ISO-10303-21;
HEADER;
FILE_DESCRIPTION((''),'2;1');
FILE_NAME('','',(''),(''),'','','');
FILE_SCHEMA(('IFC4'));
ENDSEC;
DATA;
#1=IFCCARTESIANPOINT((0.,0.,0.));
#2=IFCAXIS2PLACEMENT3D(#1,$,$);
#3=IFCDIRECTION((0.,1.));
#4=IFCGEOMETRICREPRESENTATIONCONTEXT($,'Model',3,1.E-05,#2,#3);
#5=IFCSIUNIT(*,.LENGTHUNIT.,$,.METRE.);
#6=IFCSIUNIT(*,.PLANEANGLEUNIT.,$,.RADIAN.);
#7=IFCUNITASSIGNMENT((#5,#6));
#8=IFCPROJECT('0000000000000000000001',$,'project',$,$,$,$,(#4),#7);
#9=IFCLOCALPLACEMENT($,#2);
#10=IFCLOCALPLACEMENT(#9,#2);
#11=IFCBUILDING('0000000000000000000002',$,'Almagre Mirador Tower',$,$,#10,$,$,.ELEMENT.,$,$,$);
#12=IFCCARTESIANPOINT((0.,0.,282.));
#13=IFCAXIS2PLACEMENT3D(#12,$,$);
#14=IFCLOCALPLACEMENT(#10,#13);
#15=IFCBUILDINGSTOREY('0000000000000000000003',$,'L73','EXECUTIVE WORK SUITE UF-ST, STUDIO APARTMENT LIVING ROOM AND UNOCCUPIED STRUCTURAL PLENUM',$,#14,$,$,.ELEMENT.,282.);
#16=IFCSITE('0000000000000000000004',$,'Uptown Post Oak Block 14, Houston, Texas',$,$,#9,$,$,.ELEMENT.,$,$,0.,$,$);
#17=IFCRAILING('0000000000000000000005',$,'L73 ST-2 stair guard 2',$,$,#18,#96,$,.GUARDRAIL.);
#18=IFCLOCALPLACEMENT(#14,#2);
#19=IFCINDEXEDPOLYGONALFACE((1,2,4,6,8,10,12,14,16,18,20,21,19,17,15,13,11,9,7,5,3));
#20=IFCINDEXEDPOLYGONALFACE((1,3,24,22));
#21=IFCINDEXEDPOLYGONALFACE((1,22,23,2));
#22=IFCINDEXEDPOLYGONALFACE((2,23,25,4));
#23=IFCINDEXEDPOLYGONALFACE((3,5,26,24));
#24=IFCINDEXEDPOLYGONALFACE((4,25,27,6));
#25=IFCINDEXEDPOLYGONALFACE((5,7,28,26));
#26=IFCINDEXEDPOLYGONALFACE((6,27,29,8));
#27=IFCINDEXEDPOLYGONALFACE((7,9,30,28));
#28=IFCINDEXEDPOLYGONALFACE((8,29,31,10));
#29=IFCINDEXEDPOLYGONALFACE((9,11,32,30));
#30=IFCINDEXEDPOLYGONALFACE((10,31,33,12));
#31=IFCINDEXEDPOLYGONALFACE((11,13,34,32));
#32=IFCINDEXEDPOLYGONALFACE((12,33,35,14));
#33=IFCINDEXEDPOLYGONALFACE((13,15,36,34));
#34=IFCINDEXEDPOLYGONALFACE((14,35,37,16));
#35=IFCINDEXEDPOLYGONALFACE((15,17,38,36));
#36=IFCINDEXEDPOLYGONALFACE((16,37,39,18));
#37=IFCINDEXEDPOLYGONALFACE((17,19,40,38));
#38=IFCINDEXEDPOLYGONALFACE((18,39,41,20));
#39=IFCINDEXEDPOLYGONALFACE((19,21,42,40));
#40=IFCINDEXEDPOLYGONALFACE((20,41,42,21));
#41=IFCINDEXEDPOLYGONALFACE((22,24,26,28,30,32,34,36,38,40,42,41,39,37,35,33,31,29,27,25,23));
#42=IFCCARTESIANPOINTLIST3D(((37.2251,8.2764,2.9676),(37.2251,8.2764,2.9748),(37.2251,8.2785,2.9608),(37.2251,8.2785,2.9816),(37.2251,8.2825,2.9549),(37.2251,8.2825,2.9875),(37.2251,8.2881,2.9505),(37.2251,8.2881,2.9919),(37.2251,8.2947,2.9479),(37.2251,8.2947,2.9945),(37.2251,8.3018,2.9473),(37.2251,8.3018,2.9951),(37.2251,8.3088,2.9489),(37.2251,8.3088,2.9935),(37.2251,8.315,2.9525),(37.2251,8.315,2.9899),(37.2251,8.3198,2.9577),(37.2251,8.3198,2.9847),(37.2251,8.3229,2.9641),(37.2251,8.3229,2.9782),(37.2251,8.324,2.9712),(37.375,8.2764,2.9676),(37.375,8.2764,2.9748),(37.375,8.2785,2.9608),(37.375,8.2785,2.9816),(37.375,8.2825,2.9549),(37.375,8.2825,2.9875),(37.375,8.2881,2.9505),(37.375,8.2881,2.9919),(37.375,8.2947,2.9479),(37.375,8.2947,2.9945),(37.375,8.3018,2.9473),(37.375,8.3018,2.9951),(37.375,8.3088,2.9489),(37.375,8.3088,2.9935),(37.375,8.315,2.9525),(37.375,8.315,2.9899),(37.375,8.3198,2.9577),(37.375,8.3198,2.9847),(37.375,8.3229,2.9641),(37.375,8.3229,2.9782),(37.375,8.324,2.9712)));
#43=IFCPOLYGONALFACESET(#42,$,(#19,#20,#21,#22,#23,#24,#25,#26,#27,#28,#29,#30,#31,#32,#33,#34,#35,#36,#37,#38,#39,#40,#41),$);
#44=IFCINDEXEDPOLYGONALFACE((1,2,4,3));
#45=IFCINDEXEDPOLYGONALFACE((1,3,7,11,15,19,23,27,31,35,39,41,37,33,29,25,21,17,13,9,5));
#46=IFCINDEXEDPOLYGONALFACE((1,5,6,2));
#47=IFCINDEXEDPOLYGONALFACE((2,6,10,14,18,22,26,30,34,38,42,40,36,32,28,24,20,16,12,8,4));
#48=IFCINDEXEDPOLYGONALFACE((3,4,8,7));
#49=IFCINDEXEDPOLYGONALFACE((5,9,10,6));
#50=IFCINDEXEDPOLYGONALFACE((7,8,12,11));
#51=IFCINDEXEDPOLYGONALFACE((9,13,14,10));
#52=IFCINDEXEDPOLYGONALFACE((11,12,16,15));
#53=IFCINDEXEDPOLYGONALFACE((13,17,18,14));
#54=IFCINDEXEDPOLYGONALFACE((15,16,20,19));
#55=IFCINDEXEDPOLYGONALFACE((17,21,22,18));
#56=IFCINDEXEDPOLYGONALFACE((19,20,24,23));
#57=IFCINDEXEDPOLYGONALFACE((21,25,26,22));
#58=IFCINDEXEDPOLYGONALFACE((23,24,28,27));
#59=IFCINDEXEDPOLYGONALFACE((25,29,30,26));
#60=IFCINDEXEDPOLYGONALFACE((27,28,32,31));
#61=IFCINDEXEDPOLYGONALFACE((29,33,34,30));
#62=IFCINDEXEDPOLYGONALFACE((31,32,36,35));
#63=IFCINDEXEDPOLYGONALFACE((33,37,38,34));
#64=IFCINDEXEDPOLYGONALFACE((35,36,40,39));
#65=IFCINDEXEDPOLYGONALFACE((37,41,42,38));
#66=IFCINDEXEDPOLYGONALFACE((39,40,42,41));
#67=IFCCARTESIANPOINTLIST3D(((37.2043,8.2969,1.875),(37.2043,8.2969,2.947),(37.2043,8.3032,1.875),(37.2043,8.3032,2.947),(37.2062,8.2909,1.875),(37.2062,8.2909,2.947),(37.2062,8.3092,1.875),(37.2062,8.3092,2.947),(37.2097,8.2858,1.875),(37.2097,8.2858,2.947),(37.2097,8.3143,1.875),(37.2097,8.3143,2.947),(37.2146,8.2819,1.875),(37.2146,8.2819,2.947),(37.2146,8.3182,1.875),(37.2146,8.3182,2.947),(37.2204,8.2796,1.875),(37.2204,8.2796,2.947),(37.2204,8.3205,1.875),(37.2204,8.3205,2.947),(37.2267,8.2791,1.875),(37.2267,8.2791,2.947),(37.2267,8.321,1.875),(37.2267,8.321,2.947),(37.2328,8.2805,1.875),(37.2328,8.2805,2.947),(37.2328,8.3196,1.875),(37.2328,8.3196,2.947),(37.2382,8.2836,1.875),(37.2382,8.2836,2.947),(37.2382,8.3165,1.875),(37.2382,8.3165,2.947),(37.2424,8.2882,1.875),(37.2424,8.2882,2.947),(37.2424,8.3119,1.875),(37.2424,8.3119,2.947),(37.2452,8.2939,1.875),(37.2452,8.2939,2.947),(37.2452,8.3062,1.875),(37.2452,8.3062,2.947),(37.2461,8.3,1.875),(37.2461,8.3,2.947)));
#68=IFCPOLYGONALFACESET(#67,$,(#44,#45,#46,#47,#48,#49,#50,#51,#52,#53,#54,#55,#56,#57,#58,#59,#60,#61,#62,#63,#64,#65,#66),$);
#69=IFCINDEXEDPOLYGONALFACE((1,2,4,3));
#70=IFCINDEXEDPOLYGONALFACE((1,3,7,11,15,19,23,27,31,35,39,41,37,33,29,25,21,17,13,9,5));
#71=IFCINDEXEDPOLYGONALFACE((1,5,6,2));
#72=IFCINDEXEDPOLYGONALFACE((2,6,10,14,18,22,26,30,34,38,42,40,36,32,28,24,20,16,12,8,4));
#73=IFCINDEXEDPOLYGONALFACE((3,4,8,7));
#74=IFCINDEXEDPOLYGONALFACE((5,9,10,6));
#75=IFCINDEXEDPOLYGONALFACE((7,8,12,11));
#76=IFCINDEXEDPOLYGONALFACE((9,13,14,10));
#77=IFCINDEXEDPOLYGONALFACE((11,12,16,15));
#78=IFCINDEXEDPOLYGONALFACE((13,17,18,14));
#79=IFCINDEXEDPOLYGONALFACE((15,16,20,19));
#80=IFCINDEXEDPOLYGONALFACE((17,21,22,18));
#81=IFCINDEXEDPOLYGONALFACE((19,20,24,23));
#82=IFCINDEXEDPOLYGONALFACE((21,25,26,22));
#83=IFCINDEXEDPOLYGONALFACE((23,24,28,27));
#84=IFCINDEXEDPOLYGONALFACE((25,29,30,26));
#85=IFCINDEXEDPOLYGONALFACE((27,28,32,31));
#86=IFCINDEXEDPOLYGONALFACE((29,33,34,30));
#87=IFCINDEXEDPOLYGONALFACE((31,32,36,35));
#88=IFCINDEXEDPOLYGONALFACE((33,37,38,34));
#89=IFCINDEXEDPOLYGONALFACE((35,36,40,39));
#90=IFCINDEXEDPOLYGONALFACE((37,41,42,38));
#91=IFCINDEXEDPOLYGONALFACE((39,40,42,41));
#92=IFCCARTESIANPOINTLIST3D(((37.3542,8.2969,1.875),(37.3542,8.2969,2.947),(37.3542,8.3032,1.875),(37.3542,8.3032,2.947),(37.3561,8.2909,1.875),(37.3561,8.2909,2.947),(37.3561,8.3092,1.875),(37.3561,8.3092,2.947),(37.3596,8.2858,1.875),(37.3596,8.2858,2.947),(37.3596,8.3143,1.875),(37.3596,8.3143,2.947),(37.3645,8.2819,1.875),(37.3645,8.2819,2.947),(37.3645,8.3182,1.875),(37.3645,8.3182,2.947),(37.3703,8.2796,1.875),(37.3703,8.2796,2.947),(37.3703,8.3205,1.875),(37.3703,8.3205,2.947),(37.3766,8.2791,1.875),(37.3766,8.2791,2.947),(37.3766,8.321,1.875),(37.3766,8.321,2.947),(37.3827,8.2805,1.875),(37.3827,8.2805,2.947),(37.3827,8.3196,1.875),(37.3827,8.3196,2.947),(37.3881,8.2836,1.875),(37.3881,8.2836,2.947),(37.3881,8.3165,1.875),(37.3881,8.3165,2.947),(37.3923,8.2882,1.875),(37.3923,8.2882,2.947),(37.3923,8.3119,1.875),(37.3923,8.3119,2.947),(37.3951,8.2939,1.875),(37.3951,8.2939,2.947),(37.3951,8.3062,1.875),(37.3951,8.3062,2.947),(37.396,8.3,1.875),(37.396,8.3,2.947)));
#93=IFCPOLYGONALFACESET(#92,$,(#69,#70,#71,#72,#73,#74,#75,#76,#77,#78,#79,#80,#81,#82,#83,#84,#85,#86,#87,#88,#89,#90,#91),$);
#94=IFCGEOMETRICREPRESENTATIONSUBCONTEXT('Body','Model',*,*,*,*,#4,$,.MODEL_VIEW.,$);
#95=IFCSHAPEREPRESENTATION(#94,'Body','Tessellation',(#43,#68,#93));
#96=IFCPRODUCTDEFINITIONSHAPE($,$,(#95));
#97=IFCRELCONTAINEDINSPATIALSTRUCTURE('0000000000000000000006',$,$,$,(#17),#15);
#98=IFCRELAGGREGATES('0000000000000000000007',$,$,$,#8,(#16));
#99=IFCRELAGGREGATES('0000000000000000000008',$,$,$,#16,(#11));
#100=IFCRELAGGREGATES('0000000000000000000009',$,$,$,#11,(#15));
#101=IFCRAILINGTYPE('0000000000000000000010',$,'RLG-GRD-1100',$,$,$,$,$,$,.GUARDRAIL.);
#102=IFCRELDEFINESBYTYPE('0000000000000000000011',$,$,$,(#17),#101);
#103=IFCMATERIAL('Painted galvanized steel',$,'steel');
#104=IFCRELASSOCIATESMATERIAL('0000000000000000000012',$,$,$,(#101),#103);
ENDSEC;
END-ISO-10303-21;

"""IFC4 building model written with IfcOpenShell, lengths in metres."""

from ifc_helpers import new_model, si_unit, direction, frame, origin, origin_2d, place, context, subcontext, project, spatial, circle, extrude, material, type_object, element, save


model = new_model("IFC4")

# Units and contexts
model_context = context("Model", 3, precision=1e-05, world=origin(), true_north=direction((0.0, 1.0)))
body_context = subcontext(model_context, "Body", "Model", "MODEL_VIEW")
ifc_project = project(units=[si_unit("LENGTHUNIT", "METRE"), si_unit("PLANEANGLEUNIT", "RADIAN")], contexts=[model_context])

# Site, building, storey
site_placement = place(None, origin())
site = spatial("IfcSite", under=ifc_project, at=site_placement, Name="Uptown Post Oak Block 14, Houston, Texas", CompositionType="ELEMENT", RefElevation=0.0)
building_placement = place(site_placement, origin())
building = spatial("IfcBuilding", under=site, at=building_placement, Name="Almagre Mirador Tower", CompositionType="ELEMENT")
storey_placement = place(building_placement, frame((0.0, 0.0, 282.0)))
storey = spatial("IfcBuildingStorey", under=building, at=storey_placement, Name="L73", Description="EXECUTIVE WORK SUITE UF-ST, STUDIO APARTMENT LIVING ROOM AND UNOCCUPIED STRUCTURAL PLENUM", CompositionType="ELEMENT", Elevation=282.0)

# Railing
ifc_material_1 = material(Name="Painted galvanized steel", Category="steel")
railing_type_1 = type_object("IfcRailingType", Name="RLG-GRD-1100", PredefinedType="GUARDRAIL", material=ifc_material_1)
railing_1_placement = place(storey_placement, frame((37.2251, 8.3, 1.875)))
element("IfcRailing", 1, at=railing_1_placement, inside=storey, type_object=railing_type_1, Name="L73 ST-2 stair guard 2", PredefinedType="GUARDRAIL", context=body_context, shape_type="SweptSolid", body=[
    extrude(circle(Radius=0.0239, at=origin_2d()), frame((0.0, 0.0, 1.0962), z_axis=(1.0, 0.0, 0.0), x_axis=(0.0, 1.0, 0.0)), (0.0, 0.0, 1.0), 0.1499),
    extrude(circle(Radius=0.021, at=origin_2d()), origin(), (0.0, 0.0, 1.0), 1.072),
    extrude(circle(Radius=0.021, at=origin_2d()), frame((0.1499, 0.0, 0.0)), (0.0, 0.0, 1.0), 1.072),
])

save(model, "model.ifc")
